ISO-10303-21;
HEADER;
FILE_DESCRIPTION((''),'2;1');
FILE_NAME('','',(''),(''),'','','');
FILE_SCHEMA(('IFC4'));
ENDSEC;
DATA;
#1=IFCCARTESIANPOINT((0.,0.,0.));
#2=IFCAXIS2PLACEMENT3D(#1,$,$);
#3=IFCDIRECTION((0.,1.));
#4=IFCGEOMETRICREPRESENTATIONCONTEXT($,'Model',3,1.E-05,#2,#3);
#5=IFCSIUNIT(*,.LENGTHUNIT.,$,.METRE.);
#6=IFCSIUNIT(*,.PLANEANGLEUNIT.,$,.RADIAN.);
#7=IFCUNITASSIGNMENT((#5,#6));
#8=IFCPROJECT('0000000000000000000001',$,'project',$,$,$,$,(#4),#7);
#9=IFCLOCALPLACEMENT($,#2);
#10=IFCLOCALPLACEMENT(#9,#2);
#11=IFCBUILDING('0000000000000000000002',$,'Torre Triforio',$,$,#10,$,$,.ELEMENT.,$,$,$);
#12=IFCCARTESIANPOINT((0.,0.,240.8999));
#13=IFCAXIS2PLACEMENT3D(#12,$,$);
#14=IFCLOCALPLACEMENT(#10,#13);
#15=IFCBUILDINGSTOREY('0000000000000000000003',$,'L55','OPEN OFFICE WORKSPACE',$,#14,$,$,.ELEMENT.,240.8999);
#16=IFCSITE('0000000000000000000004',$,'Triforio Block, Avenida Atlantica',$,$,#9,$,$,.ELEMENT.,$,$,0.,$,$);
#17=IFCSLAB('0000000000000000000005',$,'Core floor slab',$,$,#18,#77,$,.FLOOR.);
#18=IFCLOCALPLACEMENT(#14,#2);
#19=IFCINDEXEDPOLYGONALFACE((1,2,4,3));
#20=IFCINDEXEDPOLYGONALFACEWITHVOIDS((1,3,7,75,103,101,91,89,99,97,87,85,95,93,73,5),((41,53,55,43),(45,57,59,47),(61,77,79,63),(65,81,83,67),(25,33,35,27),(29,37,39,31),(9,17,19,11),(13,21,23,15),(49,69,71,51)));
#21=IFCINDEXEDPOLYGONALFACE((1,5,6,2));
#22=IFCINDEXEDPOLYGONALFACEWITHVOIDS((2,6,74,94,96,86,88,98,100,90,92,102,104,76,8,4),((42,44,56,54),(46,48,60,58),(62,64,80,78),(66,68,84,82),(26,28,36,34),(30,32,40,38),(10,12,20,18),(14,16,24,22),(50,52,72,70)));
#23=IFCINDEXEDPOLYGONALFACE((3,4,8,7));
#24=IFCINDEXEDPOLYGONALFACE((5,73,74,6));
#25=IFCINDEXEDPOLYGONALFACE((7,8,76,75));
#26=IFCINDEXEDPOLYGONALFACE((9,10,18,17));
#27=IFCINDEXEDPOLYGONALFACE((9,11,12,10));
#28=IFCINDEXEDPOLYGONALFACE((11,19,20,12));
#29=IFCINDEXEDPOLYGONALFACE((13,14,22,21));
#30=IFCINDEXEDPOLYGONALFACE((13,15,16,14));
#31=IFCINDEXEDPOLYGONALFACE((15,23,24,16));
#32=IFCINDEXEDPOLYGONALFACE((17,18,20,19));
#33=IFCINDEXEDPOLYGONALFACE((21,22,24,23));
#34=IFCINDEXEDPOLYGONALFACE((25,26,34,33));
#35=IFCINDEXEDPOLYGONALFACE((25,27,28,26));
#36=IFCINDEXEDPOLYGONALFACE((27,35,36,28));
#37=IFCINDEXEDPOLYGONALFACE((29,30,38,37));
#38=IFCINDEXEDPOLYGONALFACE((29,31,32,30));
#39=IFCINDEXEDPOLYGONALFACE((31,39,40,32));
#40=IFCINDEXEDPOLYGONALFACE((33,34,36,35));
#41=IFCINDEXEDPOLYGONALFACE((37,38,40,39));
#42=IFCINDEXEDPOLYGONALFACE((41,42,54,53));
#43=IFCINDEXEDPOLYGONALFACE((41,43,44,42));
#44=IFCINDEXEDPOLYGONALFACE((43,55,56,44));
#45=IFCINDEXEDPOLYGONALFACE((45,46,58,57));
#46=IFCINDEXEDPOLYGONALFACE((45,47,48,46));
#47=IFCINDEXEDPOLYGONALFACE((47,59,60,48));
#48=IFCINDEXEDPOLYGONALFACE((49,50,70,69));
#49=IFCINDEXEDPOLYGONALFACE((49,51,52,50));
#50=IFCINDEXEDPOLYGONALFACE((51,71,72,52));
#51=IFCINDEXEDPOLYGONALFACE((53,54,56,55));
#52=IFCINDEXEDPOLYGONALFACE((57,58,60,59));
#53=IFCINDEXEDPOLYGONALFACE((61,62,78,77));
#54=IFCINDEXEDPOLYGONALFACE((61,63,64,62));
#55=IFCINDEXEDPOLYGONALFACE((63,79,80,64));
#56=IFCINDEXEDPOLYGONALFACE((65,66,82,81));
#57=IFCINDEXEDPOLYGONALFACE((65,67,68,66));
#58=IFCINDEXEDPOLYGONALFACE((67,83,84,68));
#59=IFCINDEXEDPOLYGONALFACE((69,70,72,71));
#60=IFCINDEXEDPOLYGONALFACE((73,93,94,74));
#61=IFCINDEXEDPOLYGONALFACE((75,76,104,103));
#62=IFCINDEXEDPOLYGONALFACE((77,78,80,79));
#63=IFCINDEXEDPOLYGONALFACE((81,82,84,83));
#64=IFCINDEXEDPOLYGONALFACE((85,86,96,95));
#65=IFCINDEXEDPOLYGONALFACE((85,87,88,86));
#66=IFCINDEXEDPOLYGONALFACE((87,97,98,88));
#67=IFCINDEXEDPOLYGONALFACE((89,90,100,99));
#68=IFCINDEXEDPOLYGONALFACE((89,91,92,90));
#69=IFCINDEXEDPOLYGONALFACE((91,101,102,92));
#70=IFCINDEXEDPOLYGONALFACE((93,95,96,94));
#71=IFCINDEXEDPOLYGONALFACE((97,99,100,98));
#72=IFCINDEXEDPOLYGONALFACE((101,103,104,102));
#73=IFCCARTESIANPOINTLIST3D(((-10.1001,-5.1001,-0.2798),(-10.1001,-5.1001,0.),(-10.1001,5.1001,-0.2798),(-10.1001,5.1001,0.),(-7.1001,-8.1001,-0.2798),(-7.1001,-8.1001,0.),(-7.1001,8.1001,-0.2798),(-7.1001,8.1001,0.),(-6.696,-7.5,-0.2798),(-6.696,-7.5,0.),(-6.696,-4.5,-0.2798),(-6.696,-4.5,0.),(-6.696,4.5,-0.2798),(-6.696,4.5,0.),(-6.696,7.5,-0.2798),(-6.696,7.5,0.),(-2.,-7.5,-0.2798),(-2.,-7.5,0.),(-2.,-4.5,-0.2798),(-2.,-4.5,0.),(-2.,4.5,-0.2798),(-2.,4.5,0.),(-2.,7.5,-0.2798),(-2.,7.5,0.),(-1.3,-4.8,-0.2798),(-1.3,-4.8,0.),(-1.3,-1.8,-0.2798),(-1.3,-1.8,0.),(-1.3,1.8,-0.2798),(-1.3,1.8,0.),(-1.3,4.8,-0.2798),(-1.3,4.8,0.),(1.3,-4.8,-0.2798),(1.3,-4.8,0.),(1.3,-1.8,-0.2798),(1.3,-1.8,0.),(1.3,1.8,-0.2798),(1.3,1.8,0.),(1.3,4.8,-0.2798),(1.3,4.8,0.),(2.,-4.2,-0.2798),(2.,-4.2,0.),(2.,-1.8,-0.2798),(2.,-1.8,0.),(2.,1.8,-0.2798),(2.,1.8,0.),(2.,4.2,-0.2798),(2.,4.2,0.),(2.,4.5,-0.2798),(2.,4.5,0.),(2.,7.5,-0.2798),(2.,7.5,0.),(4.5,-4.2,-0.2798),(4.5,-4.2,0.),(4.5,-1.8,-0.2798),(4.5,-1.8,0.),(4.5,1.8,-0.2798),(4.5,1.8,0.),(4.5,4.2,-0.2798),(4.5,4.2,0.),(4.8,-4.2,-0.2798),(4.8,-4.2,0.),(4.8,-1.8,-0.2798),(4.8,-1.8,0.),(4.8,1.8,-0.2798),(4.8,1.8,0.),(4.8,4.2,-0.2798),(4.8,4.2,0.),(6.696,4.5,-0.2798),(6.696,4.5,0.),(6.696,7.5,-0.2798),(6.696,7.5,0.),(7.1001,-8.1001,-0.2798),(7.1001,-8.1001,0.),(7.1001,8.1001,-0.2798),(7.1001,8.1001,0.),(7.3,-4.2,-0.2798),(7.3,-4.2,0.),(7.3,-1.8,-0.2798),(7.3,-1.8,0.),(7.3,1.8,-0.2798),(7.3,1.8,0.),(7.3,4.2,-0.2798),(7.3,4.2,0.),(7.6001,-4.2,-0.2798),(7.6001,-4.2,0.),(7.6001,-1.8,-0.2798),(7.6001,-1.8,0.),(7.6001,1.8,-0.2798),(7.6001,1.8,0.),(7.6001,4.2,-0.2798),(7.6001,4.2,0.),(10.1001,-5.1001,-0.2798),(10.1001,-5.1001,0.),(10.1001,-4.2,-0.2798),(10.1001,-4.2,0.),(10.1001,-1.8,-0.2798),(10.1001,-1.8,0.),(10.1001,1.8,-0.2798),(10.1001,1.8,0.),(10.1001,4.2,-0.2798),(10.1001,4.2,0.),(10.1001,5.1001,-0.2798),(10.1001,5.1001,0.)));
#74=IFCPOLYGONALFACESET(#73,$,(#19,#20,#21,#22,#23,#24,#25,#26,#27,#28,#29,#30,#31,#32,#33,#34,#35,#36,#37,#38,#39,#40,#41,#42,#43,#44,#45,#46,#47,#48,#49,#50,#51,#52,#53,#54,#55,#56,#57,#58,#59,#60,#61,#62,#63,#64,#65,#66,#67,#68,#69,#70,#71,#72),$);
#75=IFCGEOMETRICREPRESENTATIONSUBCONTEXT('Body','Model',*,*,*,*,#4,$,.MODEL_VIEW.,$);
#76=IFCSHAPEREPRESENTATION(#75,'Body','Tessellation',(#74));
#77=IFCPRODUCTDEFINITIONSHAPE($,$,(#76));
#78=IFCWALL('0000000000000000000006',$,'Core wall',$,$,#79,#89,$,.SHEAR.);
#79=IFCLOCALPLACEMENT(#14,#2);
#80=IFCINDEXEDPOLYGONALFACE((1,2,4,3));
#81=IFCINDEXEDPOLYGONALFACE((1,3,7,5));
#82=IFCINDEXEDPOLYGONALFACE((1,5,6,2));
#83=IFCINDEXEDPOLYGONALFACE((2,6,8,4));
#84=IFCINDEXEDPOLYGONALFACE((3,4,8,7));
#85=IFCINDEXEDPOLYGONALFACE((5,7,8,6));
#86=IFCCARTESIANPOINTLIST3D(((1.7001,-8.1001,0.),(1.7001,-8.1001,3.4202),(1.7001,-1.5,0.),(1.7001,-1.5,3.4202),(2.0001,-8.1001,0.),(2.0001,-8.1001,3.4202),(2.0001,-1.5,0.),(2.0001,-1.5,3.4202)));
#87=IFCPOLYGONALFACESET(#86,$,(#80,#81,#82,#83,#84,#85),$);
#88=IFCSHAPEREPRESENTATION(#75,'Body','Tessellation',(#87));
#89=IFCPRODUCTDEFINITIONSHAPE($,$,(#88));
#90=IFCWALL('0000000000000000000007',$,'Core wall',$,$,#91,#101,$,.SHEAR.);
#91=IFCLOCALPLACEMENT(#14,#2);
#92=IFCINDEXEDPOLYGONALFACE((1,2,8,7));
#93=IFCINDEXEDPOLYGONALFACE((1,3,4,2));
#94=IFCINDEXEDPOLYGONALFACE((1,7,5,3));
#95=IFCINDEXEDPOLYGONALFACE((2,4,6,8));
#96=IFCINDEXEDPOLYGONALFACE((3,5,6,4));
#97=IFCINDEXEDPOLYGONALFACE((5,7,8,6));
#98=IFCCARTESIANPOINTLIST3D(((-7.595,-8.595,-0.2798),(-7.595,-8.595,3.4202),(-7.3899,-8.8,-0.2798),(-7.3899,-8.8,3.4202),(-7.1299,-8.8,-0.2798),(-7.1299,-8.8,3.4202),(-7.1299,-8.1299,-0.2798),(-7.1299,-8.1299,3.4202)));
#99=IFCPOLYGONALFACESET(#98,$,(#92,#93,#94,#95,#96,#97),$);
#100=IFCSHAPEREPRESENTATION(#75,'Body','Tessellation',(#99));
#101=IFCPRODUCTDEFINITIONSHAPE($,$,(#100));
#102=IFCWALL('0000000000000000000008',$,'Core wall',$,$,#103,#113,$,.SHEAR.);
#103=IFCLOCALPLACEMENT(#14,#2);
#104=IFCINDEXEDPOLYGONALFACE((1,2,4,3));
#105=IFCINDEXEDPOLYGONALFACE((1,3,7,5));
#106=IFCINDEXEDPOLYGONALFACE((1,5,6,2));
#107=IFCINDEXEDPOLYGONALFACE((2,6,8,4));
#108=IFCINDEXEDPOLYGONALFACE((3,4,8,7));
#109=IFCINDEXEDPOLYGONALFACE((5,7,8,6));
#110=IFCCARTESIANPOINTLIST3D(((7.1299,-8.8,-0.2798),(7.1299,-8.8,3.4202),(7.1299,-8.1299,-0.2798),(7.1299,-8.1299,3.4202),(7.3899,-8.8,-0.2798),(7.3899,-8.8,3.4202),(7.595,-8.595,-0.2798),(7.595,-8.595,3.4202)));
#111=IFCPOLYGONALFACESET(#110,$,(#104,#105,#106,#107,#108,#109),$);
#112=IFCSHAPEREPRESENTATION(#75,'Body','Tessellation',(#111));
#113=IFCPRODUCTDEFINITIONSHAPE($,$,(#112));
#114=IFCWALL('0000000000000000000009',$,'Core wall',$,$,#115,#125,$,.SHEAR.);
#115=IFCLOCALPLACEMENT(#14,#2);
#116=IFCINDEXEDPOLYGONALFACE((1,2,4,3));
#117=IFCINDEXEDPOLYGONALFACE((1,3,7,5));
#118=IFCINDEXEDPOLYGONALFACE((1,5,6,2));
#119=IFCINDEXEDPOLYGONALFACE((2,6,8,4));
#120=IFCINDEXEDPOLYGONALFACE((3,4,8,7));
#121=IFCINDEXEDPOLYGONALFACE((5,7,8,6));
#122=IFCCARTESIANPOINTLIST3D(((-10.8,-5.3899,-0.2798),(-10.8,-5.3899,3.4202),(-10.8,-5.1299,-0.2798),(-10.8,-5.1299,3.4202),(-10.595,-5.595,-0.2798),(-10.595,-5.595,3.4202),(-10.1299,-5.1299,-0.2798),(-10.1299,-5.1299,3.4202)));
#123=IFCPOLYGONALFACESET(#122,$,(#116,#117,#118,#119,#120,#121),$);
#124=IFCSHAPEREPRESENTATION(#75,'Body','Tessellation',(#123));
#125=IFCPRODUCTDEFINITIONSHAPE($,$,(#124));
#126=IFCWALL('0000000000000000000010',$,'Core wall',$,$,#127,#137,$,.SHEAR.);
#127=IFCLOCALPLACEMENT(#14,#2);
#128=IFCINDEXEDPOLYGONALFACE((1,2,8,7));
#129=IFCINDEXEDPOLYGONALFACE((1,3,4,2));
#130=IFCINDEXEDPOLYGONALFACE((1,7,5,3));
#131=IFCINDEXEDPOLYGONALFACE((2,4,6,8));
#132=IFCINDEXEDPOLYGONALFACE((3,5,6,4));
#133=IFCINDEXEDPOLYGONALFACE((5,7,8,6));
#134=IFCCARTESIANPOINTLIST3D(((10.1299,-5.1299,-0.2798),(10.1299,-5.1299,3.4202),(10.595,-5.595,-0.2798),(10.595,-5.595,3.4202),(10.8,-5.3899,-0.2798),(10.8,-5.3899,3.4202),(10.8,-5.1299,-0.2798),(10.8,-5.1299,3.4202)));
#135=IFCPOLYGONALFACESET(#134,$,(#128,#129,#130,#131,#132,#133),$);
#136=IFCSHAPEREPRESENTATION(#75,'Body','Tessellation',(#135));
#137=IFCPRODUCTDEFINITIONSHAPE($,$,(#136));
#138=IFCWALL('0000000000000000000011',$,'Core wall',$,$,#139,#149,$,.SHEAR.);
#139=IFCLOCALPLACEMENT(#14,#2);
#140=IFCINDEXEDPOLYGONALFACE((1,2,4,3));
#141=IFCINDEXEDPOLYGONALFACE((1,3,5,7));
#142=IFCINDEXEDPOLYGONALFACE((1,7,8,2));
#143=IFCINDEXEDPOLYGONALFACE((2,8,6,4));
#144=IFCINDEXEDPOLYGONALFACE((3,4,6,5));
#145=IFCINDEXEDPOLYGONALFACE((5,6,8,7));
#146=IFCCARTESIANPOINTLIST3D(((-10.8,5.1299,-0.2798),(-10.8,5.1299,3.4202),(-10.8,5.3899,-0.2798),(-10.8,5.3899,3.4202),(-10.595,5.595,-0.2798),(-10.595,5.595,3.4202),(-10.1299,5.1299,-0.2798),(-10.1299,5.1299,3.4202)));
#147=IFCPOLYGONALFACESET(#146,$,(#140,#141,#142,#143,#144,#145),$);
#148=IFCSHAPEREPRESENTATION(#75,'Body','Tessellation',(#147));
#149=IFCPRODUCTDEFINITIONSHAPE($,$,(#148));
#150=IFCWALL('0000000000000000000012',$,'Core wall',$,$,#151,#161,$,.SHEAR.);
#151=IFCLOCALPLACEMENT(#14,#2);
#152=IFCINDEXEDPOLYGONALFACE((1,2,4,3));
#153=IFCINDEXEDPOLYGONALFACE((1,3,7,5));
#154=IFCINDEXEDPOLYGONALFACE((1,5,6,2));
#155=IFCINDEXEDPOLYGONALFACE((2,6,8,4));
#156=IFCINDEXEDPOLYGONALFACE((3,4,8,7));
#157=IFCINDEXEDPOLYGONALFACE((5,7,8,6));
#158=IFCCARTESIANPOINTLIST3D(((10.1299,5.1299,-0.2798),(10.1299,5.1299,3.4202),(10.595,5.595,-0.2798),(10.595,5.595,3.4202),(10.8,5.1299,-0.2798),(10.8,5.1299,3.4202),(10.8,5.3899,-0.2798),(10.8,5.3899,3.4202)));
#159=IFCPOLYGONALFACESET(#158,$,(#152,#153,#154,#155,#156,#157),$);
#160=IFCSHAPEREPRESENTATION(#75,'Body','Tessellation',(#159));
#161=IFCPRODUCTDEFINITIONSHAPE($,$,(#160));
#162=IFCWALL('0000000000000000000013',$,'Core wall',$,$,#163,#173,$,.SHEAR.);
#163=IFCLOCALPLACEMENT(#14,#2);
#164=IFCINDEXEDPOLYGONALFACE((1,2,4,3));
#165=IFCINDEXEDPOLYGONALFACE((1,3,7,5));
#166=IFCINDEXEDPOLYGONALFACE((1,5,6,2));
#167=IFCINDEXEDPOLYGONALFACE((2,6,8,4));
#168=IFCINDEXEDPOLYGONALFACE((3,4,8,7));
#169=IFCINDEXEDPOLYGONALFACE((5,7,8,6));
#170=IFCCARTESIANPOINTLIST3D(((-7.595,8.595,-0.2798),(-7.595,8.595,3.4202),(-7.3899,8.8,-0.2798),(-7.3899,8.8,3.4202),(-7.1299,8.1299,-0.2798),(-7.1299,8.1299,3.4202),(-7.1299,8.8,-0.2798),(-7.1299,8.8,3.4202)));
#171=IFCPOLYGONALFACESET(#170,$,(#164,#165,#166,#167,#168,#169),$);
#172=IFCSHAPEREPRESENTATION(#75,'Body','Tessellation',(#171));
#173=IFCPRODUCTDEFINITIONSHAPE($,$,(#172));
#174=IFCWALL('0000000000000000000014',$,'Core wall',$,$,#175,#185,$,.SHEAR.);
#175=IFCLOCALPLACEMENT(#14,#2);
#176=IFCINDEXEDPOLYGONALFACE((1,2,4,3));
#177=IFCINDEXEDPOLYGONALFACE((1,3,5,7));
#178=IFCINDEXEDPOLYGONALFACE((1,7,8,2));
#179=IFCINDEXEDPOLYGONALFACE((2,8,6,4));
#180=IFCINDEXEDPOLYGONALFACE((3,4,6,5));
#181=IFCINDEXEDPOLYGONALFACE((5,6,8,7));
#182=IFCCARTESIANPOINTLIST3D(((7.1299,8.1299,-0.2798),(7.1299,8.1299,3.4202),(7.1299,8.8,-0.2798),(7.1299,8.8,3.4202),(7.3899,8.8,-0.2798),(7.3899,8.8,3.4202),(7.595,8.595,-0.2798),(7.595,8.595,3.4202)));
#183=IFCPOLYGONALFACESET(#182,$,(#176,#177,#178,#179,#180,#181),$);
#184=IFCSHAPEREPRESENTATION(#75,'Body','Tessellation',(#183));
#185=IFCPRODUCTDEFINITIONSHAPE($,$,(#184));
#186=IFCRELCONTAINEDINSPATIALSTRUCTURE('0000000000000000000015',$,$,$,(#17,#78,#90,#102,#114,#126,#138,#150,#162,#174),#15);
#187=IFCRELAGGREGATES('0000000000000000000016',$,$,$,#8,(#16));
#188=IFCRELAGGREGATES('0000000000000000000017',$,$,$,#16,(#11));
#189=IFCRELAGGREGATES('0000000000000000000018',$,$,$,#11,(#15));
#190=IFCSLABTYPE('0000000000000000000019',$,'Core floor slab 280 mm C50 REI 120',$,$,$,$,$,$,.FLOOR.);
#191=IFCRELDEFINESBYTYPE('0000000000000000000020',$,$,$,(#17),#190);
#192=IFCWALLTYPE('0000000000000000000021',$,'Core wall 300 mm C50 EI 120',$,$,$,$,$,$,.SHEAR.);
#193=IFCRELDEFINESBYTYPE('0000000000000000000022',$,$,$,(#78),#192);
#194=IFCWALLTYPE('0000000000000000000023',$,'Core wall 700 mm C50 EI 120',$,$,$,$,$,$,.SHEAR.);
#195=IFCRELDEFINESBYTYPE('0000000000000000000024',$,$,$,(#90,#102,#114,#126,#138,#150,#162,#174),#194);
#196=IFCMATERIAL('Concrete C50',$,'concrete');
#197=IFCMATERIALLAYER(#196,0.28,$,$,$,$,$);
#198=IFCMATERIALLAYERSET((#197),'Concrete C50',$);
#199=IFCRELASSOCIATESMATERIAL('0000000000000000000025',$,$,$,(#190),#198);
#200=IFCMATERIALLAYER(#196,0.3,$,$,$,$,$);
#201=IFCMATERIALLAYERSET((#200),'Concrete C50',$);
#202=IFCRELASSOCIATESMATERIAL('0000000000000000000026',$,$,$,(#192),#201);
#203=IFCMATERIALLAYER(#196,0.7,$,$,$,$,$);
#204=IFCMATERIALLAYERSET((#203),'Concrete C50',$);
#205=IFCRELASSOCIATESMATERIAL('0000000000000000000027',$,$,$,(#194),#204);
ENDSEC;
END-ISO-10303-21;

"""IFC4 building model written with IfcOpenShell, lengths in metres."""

from ifc_helpers import new_model, si_unit, direction, frame, frame_2d, origin, place, context, subcontext, project, spatial, polyline, rectangle, outline, extrude, material, layer, layer_set, type_object, element, save


model = new_model("IFC4")

# Units and contexts
model_context = context("Model", 3, precision=1e-05, world=origin(), true_north=direction((0.0, 1.0)))
body_context = subcontext(model_context, "Body", "Model", "MODEL_VIEW")
ifc_project = project(units=[si_unit("LENGTHUNIT", "METRE"), si_unit("PLANEANGLEUNIT", "RADIAN")], contexts=[model_context])

# Site, building, storey
site_placement = place(None, origin())
site = spatial("IfcSite", under=ifc_project, at=site_placement, Name="Triforio Block, Avenida Atlantica", CompositionType="ELEMENT", RefElevation=0.0)
building_placement = place(site_placement, origin())
building = spatial("IfcBuilding", under=site, at=building_placement, Name="Torre Triforio", CompositionType="ELEMENT")
storey_placement = place(building_placement, frame((0.0, 0.0, 240.8999)))
storey = spatial("IfcBuildingStorey", under=building, at=storey_placement, Name="L55", Description="OPEN OFFICE WORKSPACE", CompositionType="ELEMENT", Elevation=240.8999)

# Slab
ifc_material_1 = material(Name="Concrete C50", Category="concrete")
ifc_layer_1 = layer(ifc_material_1, 0.28)
ifc_layer_set_1 = layer_set([ifc_layer_1], Name="Concrete C50")
slab_type = type_object("IfcSlabType", Name="Core floor slab 280 mm C50 REI 120", PredefinedType="FLOOR", material=ifc_layer_set_1)
slab_placement = place(storey_placement, frame((0.0, 0.0, -0.2798)))
element("IfcSlab", 1, at=slab_placement, inside=storey, type_object=slab_type, Name="Core floor slab", PredefinedType="FLOOR", context=body_context, shape_type="SweptSolid", body=[
    extrude(outline(polyline([(10.1001, -5.1001), (7.1001, -8.1001), (-7.1001, -8.1001), (-10.1001, -5.1001), (-10.1001, 5.1001), (-7.1001, 8.1001), (7.1001, 8.1001), (10.1001, 5.1001), (10.1001, 4.2), (7.6001, 4.2), (7.6001, 1.8), (10.1001, 1.8), (10.1001, -1.8), (7.6001, -1.8), (7.6001, -4.2), (10.1001, -4.2), (10.1001, -5.1001)]), holes=[polyline([(-6.696, -4.5), (-6.696, -7.5), (-2.0, -7.5), (-2.0, -4.5), (-6.696, -4.5)]), polyline([(-1.3, -1.8), (-1.3, -4.8), (1.3, -4.8), (1.3, -1.8), (-1.3, -1.8)]), polyline([(2.0, -1.8), (2.0, -4.2), (4.5, -4.2), (4.5, -1.8), (2.0, -1.8)]), polyline([(4.5, 4.2), (2.0, 4.2), (2.0, 1.8), (4.5, 1.8), (4.5, 4.2)]), polyline([(1.3, 4.8), (-1.3, 4.8), (-1.3, 1.8), (1.3, 1.8), (1.3, 4.8)]), polyline([(-6.696, 7.5), (-6.696, 4.5), (-2.0, 4.5), (-2.0, 7.5), (-6.696, 7.5)]), polyline([(7.3, -1.8), (4.8, -1.8), (4.8, -4.2), (7.3, -4.2), (7.3, -1.8)]), polyline([(4.8, 4.2), (4.8, 1.8), (7.3, 1.8), (7.3, 4.2), (4.8, 4.2)]), polyline([(6.696, 7.5), (2.0, 7.5), (2.0, 4.5), (6.696, 4.5), (6.696, 7.5)])]), origin(), (0.0, 0.0, 1.0), 0.2798),
])

# Walls
ifc_layer_2 = layer(ifc_material_1, 0.3)
ifc_layer_set_2 = layer_set([ifc_layer_2], Name="Concrete C50")
wall_type_1 = type_object("IfcWallType", Name="Core wall 300 mm C50 EI 120", PredefinedType="SHEAR", material=ifc_layer_set_2)
wall_1_placement = place(storey_placement, frame((1.8501, -8.1001, 0.0), z_axis=(0.0, 0.0, 1.0), x_axis=(0.0, 1.0, 0.0)))
element("IfcWall", 2, at=wall_1_placement, inside=storey, type_object=wall_type_1, Name="Core wall", PredefinedType="SHEAR", context=body_context, shape_type="SweptSolid", body=[
    extrude(rectangle(XDim=6.6001, YDim=0.3, at=frame_2d((3.3, 0.0))), origin(), (0.0, 0.0, 1.0), 3.4202),
])
ifc_layer_3 = layer(ifc_material_1, 0.7)
ifc_layer_set_3 = layer_set([ifc_layer_3], Name="Concrete C50")
wall_type_2 = type_object("IfcWallType", Name="Core wall 700 mm C50 EI 120", PredefinedType="SHEAR", material=ifc_layer_set_3)
wall_2_placement = place(storey_placement, frame((0.0, 0.0, -0.2798)))
element("IfcWall", 3, at=wall_2_placement, inside=storey, type_object=wall_type_2, Name="Core wall", PredefinedType="SHEAR", context=body_context, shape_type="SweptSolid", body=[
    extrude(outline(polyline([(-7.3899, -8.8), (-7.595, -8.595), (-7.595, -8.595), (-7.595, -8.595), (-7.1299, -8.1299), (-7.1299, -8.8), (-7.1299, -8.8), (-7.3899, -8.8)])), origin(), (0.0, 0.0, 1.0), 3.7),
])
wall_3_placement = place(storey_placement, frame((0.0, 0.0, -0.2798)))
element("IfcWall", 4, at=wall_3_placement, inside=storey, type_object=wall_type_2, Name="Core wall", PredefinedType="SHEAR", context=body_context, shape_type="SweptSolid", body=[
    extrude(outline(polyline([(7.3899, -8.8), (7.1299, -8.8), (7.1299, -8.8), (7.1299, -8.1299), (7.595, -8.595), (7.595, -8.595), (7.595, -8.595), (7.3899, -8.8)])), origin(), (0.0, 0.0, 1.0), 3.7),
])
wall_4_placement = place(storey_placement, frame((0.0, 0.0, -0.2798)))
element("IfcWall", 5, at=wall_4_placement, inside=storey, type_object=wall_type_2, Name="Core wall", PredefinedType="SHEAR", context=body_context, shape_type="SweptSolid", body=[
    extrude(outline(polyline([(-10.8, -5.3899), (-10.8, -5.1299), (-10.8, -5.1299), (-10.1299, -5.1299), (-10.595, -5.595), (-10.595, -5.595), (-10.595, -5.595), (-10.8, -5.3899)])), origin(), (0.0, 0.0, 1.0), 3.7),
])
wall_5_placement = place(storey_placement, frame((0.0, 0.0, -0.2798)))
element("IfcWall", 6, at=wall_5_placement, inside=storey, type_object=wall_type_2, Name="Core wall", PredefinedType="SHEAR", context=body_context, shape_type="SweptSolid", body=[
    extrude(outline(polyline([(10.8, -5.3899), (10.595, -5.595), (10.595, -5.595), (10.595, -5.595), (10.1299, -5.1299), (10.8, -5.1299), (10.8, -5.1299), (10.8, -5.3899)])), origin(), (0.0, 0.0, 1.0), 3.7),
])
wall_6_placement = place(storey_placement, frame((0.0, 0.0, -0.2798)))
element("IfcWall", 7, at=wall_6_placement, inside=storey, type_object=wall_type_2, Name="Core wall", PredefinedType="SHEAR", context=body_context, shape_type="SweptSolid", body=[
    extrude(outline(polyline([(-10.595, 5.595), (-10.595, 5.595), (-10.595, 5.595), (-10.1299, 5.1299), (-10.8, 5.1299), (-10.8, 5.1299), (-10.8, 5.3899), (-10.595, 5.595)])), origin(), (0.0, 0.0, 1.0), 3.7),
])
wall_7_placement = place(storey_placement, frame((0.0, 0.0, -0.2798)))
element("IfcWall", 8, at=wall_7_placement, inside=storey, type_object=wall_type_2, Name="Core wall", PredefinedType="SHEAR", context=body_context, shape_type="SweptSolid", body=[
    extrude(outline(polyline([(10.8, 5.3899), (10.8, 5.1299), (10.8, 5.1299), (10.1299, 5.1299), (10.595, 5.595), (10.595, 5.595), (10.595, 5.595), (10.8, 5.3899)])), origin(), (0.0, 0.0, 1.0), 3.7),
])
wall_8_placement = place(storey_placement, frame((0.0, 0.0, -0.2798)))
element("IfcWall", 9, at=wall_8_placement, inside=storey, type_object=wall_type_2, Name="Core wall", PredefinedType="SHEAR", context=body_context, shape_type="SweptSolid", body=[
    extrude(outline(polyline([(-7.3899, 8.8), (-7.1299, 8.8), (-7.1299, 8.8), (-7.1299, 8.1299), (-7.595, 8.595), (-7.595, 8.595), (-7.595, 8.595), (-7.3899, 8.8)])), origin(), (0.0, 0.0, 1.0), 3.7),
])
wall_9_placement = place(storey_placement, frame((0.0, 0.0, -0.2798)))
element("IfcWall", 10, at=wall_9_placement, inside=storey, type_object=wall_type_2, Name="Core wall", PredefinedType="SHEAR", context=body_context, shape_type="SweptSolid", body=[
    extrude(outline(polyline([(7.3899, 8.8), (7.595, 8.595), (7.595, 8.595), (7.595, 8.595), (7.1299, 8.1299), (7.1299, 8.8), (7.1299, 8.8), (7.3899, 8.8)])), origin(), (0.0, 0.0, 1.0), 3.7),
])

save(model, "model.ifc")
